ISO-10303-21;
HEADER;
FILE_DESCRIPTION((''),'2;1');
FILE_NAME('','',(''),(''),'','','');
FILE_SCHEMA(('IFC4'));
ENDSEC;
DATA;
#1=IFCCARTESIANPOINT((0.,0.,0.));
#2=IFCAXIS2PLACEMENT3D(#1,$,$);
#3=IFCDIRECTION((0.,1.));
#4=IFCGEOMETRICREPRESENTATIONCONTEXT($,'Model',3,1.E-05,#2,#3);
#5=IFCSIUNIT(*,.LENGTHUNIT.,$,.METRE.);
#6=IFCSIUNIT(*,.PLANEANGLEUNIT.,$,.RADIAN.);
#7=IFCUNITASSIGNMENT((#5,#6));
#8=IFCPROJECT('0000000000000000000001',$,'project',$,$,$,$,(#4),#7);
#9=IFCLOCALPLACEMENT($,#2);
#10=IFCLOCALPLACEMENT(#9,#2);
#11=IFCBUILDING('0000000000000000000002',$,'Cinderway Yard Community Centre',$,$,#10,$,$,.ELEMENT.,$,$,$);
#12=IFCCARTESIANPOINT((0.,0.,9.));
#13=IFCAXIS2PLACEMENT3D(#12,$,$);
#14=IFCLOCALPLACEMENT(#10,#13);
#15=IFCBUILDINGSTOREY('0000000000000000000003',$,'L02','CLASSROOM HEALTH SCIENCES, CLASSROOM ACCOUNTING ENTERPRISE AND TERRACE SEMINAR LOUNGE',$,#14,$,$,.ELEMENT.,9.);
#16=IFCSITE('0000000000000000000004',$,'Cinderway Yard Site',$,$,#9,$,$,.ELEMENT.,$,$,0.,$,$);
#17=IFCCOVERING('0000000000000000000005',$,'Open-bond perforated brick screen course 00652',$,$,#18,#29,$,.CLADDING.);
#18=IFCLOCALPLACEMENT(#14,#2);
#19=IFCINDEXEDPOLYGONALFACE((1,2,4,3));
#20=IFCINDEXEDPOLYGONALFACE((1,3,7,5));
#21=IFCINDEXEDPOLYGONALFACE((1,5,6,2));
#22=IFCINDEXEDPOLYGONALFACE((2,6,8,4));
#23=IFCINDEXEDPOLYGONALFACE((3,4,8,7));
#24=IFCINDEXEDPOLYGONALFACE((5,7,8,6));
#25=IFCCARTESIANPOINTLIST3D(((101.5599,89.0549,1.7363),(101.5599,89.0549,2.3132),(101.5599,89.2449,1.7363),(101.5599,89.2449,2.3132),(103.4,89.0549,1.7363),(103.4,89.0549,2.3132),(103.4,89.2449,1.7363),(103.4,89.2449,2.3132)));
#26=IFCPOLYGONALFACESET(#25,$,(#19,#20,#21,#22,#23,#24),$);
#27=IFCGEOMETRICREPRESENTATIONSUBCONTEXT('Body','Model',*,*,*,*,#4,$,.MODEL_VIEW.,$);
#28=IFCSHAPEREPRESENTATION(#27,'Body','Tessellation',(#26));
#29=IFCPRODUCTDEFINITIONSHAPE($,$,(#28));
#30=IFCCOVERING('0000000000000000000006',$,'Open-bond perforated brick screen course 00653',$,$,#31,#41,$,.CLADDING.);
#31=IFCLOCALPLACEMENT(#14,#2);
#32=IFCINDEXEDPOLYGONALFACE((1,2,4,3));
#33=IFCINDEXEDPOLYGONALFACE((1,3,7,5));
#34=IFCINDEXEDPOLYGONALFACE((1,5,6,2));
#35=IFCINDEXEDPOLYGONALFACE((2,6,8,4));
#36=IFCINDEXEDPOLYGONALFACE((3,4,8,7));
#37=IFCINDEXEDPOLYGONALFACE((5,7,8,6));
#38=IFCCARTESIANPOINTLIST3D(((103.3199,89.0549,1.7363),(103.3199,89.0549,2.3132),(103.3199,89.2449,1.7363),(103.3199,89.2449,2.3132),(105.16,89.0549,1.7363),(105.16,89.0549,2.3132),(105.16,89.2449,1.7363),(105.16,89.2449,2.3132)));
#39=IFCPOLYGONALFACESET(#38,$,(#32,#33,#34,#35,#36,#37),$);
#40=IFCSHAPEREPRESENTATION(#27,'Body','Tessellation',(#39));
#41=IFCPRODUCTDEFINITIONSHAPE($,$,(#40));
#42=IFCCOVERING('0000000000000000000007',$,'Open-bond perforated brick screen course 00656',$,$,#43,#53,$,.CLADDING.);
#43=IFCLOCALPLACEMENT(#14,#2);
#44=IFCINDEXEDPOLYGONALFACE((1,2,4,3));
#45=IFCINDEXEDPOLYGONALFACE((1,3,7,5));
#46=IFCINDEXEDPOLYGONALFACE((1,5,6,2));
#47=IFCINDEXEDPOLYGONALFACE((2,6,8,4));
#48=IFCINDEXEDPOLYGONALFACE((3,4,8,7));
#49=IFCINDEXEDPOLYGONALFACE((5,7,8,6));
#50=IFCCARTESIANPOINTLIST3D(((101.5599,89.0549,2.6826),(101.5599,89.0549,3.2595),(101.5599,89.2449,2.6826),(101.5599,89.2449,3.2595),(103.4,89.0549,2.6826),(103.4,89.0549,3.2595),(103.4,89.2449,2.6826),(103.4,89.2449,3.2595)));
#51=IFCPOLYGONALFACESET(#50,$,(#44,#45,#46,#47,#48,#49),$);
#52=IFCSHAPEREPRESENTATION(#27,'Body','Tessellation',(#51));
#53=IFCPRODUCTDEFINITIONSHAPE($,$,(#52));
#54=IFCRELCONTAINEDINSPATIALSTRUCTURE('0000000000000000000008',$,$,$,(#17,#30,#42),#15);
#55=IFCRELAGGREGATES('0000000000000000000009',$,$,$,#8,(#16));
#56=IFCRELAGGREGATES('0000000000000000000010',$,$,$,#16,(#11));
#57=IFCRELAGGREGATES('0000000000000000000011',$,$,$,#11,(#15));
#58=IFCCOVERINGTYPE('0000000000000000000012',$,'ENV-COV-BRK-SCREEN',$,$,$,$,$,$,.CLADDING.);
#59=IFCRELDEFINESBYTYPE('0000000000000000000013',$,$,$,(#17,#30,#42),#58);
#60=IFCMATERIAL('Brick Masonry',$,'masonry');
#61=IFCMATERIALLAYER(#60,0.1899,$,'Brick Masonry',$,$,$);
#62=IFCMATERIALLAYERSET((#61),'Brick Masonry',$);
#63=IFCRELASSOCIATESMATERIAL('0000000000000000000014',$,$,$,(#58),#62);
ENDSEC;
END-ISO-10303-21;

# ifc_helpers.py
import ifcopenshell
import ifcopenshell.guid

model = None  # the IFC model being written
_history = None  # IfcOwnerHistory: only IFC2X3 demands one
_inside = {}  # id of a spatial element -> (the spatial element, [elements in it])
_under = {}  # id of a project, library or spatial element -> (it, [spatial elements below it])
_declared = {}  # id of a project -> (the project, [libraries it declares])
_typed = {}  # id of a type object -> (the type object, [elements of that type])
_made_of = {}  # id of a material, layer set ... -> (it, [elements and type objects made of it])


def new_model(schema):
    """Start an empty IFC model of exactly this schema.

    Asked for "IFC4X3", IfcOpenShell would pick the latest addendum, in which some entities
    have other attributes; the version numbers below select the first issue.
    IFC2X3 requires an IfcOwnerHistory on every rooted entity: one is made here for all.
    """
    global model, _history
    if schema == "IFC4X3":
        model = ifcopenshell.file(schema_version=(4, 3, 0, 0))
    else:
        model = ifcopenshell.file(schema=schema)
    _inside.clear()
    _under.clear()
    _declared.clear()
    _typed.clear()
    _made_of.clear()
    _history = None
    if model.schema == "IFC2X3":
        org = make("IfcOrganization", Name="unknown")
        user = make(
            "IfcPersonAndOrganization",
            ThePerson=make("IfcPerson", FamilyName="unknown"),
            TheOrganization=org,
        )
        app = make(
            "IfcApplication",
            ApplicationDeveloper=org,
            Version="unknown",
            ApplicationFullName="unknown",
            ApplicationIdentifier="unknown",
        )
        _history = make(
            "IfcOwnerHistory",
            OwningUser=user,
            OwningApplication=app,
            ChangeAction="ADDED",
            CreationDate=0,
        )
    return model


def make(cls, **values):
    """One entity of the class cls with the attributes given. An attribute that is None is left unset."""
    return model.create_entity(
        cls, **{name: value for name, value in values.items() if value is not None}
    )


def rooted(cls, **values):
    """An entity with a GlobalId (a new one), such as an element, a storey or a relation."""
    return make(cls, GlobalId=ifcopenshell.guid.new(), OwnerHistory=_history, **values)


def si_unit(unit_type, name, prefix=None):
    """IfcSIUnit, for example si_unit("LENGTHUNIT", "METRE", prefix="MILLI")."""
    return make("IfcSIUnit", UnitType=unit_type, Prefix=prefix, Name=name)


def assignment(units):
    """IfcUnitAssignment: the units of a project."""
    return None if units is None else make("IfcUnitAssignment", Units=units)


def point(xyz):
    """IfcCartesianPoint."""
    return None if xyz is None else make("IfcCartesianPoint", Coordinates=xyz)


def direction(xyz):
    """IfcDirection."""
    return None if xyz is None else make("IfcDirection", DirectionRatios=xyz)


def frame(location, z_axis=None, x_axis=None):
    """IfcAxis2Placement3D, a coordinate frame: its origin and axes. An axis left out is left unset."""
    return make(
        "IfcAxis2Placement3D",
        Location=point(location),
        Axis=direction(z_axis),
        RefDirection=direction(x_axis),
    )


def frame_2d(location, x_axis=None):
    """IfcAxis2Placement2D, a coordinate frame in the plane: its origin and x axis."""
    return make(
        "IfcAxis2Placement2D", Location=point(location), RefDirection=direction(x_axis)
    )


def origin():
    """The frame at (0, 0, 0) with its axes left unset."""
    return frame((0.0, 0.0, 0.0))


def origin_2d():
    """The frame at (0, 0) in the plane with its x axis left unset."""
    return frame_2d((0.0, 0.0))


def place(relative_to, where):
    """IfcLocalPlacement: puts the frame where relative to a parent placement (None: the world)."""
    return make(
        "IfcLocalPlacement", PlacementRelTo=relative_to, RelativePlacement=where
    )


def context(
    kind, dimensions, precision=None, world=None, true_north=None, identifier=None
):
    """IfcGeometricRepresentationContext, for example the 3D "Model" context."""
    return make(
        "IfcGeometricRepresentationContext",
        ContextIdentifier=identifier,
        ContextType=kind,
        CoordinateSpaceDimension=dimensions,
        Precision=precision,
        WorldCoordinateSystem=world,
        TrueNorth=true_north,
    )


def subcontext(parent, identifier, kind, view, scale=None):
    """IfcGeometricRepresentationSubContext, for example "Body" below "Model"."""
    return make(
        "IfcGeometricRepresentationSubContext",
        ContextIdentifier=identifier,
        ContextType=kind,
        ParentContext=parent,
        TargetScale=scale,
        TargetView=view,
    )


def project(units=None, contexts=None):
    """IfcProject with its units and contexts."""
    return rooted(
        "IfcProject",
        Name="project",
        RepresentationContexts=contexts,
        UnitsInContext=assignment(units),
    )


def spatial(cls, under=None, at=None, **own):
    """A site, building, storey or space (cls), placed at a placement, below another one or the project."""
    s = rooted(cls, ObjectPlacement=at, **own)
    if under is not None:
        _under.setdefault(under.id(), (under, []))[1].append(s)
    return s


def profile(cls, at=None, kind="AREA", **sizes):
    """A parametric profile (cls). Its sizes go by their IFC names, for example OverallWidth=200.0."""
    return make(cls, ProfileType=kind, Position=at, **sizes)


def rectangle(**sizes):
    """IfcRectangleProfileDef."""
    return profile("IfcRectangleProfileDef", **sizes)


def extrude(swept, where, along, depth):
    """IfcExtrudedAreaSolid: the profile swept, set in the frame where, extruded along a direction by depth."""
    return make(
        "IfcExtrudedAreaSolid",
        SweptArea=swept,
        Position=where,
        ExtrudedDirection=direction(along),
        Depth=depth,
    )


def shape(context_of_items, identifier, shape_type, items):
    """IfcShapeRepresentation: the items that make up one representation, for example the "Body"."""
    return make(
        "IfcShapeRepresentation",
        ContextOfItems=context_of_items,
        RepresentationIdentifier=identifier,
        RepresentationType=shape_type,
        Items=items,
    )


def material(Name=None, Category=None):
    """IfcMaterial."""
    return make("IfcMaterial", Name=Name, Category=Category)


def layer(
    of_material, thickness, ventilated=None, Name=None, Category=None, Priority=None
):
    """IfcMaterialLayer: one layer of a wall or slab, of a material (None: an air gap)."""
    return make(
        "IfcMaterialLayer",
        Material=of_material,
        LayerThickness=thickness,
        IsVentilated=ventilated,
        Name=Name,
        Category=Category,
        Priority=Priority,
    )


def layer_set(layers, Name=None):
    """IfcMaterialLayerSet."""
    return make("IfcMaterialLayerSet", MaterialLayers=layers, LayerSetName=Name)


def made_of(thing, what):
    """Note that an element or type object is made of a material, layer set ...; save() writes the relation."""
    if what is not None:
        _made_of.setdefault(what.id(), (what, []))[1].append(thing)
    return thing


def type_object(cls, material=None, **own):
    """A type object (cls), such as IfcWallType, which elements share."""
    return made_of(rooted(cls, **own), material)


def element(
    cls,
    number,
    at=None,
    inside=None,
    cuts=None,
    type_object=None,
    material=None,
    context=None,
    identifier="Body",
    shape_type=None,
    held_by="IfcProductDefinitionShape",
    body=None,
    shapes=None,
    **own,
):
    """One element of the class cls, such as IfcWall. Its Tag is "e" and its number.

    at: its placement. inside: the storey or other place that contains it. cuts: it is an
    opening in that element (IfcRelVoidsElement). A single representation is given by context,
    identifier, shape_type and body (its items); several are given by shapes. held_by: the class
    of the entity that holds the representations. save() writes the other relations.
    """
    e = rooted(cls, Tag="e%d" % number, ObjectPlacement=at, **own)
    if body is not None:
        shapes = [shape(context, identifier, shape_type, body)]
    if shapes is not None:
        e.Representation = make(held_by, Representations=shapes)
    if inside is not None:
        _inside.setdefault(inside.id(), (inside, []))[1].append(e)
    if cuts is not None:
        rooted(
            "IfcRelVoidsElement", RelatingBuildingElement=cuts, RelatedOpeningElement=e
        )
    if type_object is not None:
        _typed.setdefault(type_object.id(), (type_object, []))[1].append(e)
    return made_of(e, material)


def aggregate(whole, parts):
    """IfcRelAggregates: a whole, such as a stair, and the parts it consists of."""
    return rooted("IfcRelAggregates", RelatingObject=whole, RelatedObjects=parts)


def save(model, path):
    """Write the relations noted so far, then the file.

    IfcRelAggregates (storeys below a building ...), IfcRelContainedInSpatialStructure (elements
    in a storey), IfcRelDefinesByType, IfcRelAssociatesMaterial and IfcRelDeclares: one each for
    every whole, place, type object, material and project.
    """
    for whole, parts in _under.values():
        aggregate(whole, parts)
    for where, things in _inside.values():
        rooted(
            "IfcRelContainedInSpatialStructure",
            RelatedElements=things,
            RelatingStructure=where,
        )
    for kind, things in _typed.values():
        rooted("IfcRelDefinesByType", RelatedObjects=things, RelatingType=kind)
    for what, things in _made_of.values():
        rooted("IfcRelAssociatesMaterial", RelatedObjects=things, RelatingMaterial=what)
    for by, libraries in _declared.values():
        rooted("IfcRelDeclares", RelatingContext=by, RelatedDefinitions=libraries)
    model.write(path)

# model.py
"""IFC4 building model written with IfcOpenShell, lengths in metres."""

from ifc_helpers import new_model, si_unit, direction, frame, origin, origin_2d, place, context, subcontext, project, spatial, rectangle, extrude, material, layer, layer_set, type_object, element, save


model = new_model("IFC4")

# Units and contexts
model_context = context("Model", 3, precision=1e-05, world=origin(), true_north=direction((0.0, 1.0)))
body_context = subcontext(model_context, "Body", "Model", "MODEL_VIEW")
ifc_project = project(units=[si_unit("LENGTHUNIT", "METRE"), si_unit("PLANEANGLEUNIT", "RADIAN")], contexts=[model_context])

# Site, building, storey
site_placement = place(None, origin())
site = spatial("IfcSite", under=ifc_project, at=site_placement, Name="Cinderway Yard Site", CompositionType="ELEMENT", RefElevation=0.0)
building_placement = place(site_placement, origin())
building = spatial("IfcBuilding", under=site, at=building_placement, Name="Cinderway Yard Community Centre", CompositionType="ELEMENT")
storey_placement = place(building_placement, frame((0.0, 0.0, 9.0)))
storey = spatial("IfcBuildingStorey", under=building, at=storey_placement, Name="L02", Description="CLASSROOM HEALTH SCIENCES, CLASSROOM ACCOUNTING ENTERPRISE AND TERRACE SEMINAR LOUNGE", CompositionType="ELEMENT", Elevation=9.0)

# Coverings
ifc_material_1 = material(Name="Brick Masonry", Category="masonry")
ifc_layer_1 = layer(ifc_material_1, 0.1899, Name="Brick Masonry")
ifc_layer_set_1 = layer_set([ifc_layer_1], Name="Brick Masonry")
covering_type = type_object("IfcCoveringType", Name="ENV-COV-BRK-SCREEN", PredefinedType="CLADDING", material=ifc_layer_set_1)
for number, where, z_axis, x_axis, name in (
    (1, (102.48, 89.1499, 1.7363), (0.0, 0.0, 1.0), (-1.0, 0.0, 0.0), "Open-bond perforated brick screen course 00652"),
    (2, (104.24, 89.1499, 1.7363), (0.0, 0.0, 1.0), (-1.0, 0.0, 0.0), "Open-bond perforated brick screen course 00653"),
    (3, (102.48, 89.1499, 2.6826), (0.0, 0.0, 1.0), (-1.0, 0.0, 0.0), "Open-bond perforated brick screen course 00656"),
):
    element("IfcCovering", number, at=place(storey_placement, frame(where, z_axis=z_axis, x_axis=x_axis)), inside=storey, type_object=covering_type, Name=name, PredefinedType="CLADDING", context=body_context, shape_type="SweptSolid", body=[
        extrude(rectangle(XDim=1.8401, YDim=0.1899, at=origin_2d()), origin(), (0.0, 0.0, 1.0), 0.5769),
    ])

save(model, "model.ifc")
